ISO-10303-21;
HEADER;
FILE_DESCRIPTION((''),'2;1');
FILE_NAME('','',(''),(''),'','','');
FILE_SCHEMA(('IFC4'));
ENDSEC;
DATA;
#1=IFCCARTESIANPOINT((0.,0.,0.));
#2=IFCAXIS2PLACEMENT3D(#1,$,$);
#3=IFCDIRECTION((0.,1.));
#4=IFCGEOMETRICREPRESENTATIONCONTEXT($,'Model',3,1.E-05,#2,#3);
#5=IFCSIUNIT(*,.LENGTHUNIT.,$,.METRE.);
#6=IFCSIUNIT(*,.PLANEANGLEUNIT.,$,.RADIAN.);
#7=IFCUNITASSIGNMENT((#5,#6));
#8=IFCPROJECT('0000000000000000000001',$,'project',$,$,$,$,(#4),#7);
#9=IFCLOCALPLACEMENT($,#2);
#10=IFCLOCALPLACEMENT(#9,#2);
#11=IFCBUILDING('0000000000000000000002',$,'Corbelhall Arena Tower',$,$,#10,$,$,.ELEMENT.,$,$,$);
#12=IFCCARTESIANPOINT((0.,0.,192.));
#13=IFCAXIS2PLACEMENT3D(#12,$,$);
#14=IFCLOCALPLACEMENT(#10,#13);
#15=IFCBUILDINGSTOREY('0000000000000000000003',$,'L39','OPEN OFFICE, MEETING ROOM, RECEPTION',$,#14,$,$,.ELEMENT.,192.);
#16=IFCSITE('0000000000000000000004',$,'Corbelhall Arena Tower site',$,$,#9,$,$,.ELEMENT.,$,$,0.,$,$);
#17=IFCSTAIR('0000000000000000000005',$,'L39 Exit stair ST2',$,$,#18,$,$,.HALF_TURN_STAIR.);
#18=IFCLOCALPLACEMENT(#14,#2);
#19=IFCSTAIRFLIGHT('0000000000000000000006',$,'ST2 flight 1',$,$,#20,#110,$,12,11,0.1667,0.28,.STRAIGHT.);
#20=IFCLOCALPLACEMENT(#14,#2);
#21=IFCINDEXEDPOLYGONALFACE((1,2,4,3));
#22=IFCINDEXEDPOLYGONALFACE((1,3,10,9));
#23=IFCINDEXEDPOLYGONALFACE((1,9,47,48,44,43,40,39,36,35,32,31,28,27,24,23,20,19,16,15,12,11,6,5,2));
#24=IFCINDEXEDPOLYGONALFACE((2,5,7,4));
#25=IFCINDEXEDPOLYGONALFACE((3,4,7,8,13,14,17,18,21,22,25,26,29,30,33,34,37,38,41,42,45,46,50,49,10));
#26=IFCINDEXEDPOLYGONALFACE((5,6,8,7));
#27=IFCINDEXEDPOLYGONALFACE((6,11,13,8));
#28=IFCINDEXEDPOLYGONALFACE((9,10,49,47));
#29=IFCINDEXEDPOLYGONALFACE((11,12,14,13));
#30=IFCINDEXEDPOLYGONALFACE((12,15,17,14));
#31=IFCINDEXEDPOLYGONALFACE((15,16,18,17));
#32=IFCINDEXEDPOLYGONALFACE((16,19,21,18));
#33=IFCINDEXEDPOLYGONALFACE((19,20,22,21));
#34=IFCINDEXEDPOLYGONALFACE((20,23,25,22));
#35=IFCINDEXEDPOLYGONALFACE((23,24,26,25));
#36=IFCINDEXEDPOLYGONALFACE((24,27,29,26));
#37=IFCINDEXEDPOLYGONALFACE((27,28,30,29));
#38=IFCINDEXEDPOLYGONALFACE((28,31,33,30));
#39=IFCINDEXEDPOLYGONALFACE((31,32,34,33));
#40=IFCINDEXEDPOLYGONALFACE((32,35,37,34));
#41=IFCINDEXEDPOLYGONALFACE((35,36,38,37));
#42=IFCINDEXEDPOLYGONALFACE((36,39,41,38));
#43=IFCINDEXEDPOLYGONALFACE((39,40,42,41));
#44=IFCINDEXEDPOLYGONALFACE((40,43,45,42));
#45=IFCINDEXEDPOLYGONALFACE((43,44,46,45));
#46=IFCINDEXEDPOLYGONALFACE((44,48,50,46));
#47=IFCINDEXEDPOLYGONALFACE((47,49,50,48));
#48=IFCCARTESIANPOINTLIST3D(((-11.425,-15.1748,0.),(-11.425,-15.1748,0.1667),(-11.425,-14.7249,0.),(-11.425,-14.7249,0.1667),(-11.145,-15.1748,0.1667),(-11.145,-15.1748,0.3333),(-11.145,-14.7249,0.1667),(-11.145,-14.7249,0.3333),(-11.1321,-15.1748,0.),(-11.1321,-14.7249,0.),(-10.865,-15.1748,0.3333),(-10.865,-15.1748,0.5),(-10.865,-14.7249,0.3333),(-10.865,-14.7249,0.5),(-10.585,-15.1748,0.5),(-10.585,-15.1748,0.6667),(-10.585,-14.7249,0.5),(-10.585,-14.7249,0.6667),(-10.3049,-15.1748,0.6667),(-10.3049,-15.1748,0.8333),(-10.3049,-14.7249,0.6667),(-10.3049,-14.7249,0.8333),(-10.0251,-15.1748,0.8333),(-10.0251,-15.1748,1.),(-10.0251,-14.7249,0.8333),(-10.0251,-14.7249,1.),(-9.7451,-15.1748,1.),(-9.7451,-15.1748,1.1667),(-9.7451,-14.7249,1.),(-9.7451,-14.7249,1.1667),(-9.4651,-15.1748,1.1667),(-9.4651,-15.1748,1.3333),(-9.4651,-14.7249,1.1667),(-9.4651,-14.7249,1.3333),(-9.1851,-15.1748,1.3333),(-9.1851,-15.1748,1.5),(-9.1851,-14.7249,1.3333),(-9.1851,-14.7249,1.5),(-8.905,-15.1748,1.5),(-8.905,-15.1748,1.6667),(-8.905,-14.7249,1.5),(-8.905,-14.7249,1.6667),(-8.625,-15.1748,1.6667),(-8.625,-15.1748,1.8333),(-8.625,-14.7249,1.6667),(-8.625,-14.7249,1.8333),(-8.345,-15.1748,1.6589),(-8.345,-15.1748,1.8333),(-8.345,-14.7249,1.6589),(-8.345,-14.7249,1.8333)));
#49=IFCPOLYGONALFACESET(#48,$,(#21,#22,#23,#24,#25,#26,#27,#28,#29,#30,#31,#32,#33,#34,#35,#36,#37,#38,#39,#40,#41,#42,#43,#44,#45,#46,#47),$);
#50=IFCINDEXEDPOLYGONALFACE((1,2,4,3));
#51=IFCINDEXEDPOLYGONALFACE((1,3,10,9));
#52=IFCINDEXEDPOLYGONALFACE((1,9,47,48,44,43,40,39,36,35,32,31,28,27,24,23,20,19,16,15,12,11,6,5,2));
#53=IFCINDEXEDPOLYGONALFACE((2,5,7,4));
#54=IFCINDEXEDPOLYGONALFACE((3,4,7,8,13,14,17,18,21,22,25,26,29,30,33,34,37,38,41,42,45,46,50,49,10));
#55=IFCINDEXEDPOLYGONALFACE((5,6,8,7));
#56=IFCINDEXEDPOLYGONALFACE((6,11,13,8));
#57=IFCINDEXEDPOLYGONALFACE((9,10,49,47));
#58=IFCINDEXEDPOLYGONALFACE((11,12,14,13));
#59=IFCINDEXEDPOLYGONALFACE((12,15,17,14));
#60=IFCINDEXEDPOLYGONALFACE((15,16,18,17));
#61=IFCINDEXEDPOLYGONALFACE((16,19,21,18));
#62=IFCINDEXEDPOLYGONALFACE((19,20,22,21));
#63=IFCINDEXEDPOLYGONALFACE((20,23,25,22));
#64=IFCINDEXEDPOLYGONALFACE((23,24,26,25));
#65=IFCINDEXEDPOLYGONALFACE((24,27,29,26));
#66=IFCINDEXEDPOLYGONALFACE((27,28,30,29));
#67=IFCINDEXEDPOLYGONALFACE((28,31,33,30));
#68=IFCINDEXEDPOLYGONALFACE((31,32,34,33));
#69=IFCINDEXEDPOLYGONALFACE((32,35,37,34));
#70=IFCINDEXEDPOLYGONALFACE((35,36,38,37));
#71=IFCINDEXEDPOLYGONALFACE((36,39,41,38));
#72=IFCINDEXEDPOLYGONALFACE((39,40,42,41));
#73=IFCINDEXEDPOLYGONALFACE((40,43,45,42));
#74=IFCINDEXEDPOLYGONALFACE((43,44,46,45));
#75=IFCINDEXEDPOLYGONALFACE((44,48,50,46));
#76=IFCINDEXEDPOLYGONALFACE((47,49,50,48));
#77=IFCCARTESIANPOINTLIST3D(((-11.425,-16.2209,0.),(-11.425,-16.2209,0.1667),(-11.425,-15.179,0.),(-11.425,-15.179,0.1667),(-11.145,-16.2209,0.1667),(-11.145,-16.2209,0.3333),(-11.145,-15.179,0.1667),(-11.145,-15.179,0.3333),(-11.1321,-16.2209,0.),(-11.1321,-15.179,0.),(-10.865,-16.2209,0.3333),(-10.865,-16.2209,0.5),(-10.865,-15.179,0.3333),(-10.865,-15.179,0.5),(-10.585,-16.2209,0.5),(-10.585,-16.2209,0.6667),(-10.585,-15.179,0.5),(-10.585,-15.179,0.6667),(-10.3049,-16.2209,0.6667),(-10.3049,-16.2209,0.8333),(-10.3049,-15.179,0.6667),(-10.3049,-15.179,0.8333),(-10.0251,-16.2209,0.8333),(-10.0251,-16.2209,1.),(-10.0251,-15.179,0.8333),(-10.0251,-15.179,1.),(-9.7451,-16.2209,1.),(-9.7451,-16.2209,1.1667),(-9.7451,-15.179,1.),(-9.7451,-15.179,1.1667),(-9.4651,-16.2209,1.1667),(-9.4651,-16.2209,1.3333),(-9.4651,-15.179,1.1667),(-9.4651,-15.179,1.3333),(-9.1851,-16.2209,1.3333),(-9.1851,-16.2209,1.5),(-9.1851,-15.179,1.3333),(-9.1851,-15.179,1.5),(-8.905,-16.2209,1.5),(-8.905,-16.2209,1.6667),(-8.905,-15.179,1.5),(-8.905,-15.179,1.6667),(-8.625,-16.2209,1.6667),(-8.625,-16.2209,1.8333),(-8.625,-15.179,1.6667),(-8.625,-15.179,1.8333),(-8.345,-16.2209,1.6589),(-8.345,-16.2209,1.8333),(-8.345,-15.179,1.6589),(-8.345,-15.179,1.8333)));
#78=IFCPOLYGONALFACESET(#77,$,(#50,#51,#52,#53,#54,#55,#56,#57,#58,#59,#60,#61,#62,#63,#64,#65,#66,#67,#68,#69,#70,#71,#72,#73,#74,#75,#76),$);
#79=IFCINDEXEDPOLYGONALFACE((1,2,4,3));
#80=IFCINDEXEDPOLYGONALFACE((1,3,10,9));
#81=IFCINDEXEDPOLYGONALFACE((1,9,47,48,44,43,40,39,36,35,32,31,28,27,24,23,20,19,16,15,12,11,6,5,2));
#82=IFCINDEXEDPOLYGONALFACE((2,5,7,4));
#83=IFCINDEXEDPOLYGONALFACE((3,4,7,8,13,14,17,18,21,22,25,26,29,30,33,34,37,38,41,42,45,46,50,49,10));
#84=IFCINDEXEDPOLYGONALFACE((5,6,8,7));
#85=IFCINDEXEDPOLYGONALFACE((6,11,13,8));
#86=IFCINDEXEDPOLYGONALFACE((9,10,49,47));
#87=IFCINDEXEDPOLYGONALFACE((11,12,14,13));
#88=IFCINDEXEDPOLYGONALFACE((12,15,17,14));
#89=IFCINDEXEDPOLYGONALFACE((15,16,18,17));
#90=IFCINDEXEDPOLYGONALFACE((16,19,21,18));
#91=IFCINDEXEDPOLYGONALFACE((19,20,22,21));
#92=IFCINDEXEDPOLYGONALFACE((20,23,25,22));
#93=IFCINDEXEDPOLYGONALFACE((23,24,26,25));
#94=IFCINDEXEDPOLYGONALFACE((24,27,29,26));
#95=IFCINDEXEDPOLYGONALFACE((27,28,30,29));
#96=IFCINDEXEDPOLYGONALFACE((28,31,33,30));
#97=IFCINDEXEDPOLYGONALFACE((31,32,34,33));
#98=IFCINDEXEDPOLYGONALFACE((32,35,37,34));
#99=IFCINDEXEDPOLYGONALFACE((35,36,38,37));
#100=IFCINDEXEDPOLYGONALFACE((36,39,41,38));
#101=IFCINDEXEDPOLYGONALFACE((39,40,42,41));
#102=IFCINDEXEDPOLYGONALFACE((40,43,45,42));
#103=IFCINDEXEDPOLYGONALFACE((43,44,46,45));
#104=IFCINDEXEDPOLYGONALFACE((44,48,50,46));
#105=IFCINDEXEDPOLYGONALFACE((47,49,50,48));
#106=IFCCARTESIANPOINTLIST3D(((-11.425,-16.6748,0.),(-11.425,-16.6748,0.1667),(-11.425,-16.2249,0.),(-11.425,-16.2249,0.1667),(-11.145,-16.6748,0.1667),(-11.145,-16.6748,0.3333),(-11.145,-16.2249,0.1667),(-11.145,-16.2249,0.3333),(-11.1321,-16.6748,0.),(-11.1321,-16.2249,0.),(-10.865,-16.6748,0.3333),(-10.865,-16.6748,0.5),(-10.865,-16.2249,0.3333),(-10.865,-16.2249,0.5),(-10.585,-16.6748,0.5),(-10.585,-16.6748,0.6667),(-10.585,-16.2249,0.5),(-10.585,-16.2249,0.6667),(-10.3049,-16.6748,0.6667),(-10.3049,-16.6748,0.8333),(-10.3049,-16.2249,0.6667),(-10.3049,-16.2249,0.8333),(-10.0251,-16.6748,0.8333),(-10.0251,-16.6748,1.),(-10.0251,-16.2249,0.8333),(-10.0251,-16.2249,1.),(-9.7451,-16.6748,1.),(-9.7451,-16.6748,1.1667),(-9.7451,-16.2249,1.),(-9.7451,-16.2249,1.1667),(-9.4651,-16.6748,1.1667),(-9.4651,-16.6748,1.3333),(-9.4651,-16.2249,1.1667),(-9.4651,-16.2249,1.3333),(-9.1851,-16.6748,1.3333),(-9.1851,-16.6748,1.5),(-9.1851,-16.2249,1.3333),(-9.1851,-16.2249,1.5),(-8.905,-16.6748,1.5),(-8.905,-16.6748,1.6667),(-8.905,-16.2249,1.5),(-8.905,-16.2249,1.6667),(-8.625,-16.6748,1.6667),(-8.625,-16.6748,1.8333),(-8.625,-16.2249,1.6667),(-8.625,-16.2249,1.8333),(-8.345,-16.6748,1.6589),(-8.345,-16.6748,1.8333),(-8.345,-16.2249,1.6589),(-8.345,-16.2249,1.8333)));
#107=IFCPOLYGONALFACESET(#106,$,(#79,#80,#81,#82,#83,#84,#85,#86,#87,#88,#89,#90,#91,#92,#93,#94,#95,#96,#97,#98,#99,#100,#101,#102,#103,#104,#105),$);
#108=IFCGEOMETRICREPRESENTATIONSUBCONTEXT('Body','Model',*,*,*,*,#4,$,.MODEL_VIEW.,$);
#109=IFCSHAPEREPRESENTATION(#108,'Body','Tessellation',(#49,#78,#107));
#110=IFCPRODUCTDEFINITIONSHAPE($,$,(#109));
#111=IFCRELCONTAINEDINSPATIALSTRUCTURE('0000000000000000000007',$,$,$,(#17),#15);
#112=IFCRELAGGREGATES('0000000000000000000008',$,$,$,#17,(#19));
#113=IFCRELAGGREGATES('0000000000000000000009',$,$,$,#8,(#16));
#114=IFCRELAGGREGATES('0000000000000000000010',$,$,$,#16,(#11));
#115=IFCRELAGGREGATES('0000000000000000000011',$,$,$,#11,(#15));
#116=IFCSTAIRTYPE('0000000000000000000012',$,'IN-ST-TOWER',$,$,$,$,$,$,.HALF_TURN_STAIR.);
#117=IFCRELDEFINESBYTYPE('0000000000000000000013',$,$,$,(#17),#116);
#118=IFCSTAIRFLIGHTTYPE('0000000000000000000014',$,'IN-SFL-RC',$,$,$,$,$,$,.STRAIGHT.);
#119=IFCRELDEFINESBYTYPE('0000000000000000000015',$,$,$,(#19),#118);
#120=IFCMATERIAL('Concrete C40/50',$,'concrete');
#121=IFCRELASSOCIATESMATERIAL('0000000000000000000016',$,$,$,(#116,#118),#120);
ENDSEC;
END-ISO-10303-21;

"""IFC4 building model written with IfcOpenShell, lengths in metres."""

from ifc_helpers import new_model, si_unit, direction, frame, origin, place, context, subcontext, project, spatial, polyline, outline, extrude, material, type_object, element, aggregate, save


model = new_model("IFC4")

# Units and contexts
model_context = context("Model", 3, precision=1e-05, world=origin(), true_north=direction((0.0, 1.0)))
body_context = subcontext(model_context, "Body", "Model", "MODEL_VIEW")
ifc_project = project(units=[si_unit("LENGTHUNIT", "METRE"), si_unit("PLANEANGLEUNIT", "RADIAN")], contexts=[model_context])

# Site, building, storey
site_placement = place(None, origin())
site = spatial("IfcSite", under=ifc_project, at=site_placement, Name="Corbelhall Arena Tower site", CompositionType="ELEMENT", RefElevation=0.0)
building_placement = place(site_placement, origin())
building = spatial("IfcBuilding", under=site, at=building_placement, Name="Corbelhall Arena Tower", CompositionType="ELEMENT")
storey_placement = place(building_placement, frame((0.0, 0.0, 192.0)))
storey = spatial("IfcBuildingStorey", under=building, at=storey_placement, Name="L39", Description="OPEN OFFICE, MEETING ROOM, RECEPTION", CompositionType="ELEMENT", Elevation=192.0)

# Shared definitions
ifc_material_1 = material(Name="Concrete C40/50", Category="concrete")

# Stair, stair flight
stair_type = type_object("IfcStairType", Name="IN-ST-TOWER", PredefinedType="HALF_TURN_STAIR", material=ifc_material_1)
stair_placement = place(storey_placement, origin())
stair = element("IfcStair", 1, at=stair_placement, inside=storey, type_object=stair_type, Name="L39 Exit stair ST2", PredefinedType="HALF_TURN_STAIR")
stair_flight_type = type_object("IfcStairFlightType", Name="IN-SFL-RC", PredefinedType="STRAIGHT", material=ifc_material_1)
stair_flight_1_placement = place(storey_placement, frame((-11.425, -15.7, 0.0), z_axis=(0.0, 0.0, 1.0), x_axis=(1.0, 0.0, 0.0)))
stair_flight_1 = element("IfcStairFlight", 2, at=stair_flight_1_placement, type_object=stair_flight_type, Name="ST2 flight 1", NumberOfRisers=12, NumberOfTreads=11, PredefinedType="STRAIGHT", RiserHeight=0.1667, TreadLength=0.28, context=body_context, shape_type="SweptSolid", body=[
    extrude(outline(polyline([(0.0, 0.0), (0.0, 0.1667), (0.28, 0.1667), (0.28, 0.3333), (0.5601, 0.3333), (0.5601, 0.5), (0.8401, 0.5), (0.8401, 0.6667), (1.1201, 0.6667), (1.1201, 0.8333), (1.3999, 0.8333), (1.3999, 1.0), (1.6799, 1.0), (1.6799, 1.1667), (1.96, 1.1667), (1.96, 1.3333), (2.24, 1.3333), (2.24, 1.5), (2.52, 1.5), (2.52, 1.6667), (2.8, 1.6667), (2.8, 1.8333), (3.0801, 1.8333), (3.0801, 2.0), (3.0801, 1.6589), (0.293, 0.0), (0.0, 0.0)])), frame((0.0, 0.9751, 0.0), z_axis=(0.0, -1.0, 0.0), x_axis=(1.0, 0.0, 0.0)), (0.0, 0.0, 1.0), 0.45),
    extrude(outline(polyline([(0.0, 0.0), (0.0, 0.1667), (0.28, 0.1667), (0.28, 0.3333), (0.5601, 0.3333), (0.5601, 0.5), (0.8401, 0.5), (0.8401, 0.6667), (1.1201, 0.6667), (1.1201, 0.8333), (1.3999, 0.8333), (1.3999, 1.0), (1.6799, 1.0), (1.6799, 1.1667), (1.96, 1.1667), (1.96, 1.3333), (2.24, 1.3333), (2.24, 1.5), (2.52, 1.5), (2.52, 1.6667), (2.8, 1.6667), (2.8, 1.8333), (3.0801, 1.8333), (3.0801, 2.0), (3.0801, 1.6589), (0.293, 0.0), (0.0, 0.0)])), frame((0.0, 0.521, 0.0), z_axis=(0.0, -1.0, 0.0), x_axis=(1.0, 0.0, 0.0)), (0.0, 0.0, 1.0), 1.042),
    extrude(outline(polyline([(0.0, 0.0), (0.0, 0.1667), (0.28, 0.1667), (0.28, 0.3333), (0.5601, 0.3333), (0.5601, 0.5), (0.8401, 0.5), (0.8401, 0.6667), (1.1201, 0.6667), (1.1201, 0.8333), (1.3999, 0.8333), (1.3999, 1.0), (1.6799, 1.0), (1.6799, 1.1667), (1.96, 1.1667), (1.96, 1.3333), (2.24, 1.3333), (2.24, 1.5), (2.52, 1.5), (2.52, 1.6667), (2.8, 1.6667), (2.8, 1.8333), (3.0801, 1.8333), (3.0801, 2.0), (3.0801, 1.6589), (0.293, 0.0), (0.0, 0.0)])), frame((0.0, -0.5249, 0.0), z_axis=(0.0, -1.0, 0.0), x_axis=(1.0, 0.0, 0.0)), (0.0, 0.0, 1.0), 0.45),
])
aggregate(stair, [stair_flight_1])

save(model, "model.ifc")
